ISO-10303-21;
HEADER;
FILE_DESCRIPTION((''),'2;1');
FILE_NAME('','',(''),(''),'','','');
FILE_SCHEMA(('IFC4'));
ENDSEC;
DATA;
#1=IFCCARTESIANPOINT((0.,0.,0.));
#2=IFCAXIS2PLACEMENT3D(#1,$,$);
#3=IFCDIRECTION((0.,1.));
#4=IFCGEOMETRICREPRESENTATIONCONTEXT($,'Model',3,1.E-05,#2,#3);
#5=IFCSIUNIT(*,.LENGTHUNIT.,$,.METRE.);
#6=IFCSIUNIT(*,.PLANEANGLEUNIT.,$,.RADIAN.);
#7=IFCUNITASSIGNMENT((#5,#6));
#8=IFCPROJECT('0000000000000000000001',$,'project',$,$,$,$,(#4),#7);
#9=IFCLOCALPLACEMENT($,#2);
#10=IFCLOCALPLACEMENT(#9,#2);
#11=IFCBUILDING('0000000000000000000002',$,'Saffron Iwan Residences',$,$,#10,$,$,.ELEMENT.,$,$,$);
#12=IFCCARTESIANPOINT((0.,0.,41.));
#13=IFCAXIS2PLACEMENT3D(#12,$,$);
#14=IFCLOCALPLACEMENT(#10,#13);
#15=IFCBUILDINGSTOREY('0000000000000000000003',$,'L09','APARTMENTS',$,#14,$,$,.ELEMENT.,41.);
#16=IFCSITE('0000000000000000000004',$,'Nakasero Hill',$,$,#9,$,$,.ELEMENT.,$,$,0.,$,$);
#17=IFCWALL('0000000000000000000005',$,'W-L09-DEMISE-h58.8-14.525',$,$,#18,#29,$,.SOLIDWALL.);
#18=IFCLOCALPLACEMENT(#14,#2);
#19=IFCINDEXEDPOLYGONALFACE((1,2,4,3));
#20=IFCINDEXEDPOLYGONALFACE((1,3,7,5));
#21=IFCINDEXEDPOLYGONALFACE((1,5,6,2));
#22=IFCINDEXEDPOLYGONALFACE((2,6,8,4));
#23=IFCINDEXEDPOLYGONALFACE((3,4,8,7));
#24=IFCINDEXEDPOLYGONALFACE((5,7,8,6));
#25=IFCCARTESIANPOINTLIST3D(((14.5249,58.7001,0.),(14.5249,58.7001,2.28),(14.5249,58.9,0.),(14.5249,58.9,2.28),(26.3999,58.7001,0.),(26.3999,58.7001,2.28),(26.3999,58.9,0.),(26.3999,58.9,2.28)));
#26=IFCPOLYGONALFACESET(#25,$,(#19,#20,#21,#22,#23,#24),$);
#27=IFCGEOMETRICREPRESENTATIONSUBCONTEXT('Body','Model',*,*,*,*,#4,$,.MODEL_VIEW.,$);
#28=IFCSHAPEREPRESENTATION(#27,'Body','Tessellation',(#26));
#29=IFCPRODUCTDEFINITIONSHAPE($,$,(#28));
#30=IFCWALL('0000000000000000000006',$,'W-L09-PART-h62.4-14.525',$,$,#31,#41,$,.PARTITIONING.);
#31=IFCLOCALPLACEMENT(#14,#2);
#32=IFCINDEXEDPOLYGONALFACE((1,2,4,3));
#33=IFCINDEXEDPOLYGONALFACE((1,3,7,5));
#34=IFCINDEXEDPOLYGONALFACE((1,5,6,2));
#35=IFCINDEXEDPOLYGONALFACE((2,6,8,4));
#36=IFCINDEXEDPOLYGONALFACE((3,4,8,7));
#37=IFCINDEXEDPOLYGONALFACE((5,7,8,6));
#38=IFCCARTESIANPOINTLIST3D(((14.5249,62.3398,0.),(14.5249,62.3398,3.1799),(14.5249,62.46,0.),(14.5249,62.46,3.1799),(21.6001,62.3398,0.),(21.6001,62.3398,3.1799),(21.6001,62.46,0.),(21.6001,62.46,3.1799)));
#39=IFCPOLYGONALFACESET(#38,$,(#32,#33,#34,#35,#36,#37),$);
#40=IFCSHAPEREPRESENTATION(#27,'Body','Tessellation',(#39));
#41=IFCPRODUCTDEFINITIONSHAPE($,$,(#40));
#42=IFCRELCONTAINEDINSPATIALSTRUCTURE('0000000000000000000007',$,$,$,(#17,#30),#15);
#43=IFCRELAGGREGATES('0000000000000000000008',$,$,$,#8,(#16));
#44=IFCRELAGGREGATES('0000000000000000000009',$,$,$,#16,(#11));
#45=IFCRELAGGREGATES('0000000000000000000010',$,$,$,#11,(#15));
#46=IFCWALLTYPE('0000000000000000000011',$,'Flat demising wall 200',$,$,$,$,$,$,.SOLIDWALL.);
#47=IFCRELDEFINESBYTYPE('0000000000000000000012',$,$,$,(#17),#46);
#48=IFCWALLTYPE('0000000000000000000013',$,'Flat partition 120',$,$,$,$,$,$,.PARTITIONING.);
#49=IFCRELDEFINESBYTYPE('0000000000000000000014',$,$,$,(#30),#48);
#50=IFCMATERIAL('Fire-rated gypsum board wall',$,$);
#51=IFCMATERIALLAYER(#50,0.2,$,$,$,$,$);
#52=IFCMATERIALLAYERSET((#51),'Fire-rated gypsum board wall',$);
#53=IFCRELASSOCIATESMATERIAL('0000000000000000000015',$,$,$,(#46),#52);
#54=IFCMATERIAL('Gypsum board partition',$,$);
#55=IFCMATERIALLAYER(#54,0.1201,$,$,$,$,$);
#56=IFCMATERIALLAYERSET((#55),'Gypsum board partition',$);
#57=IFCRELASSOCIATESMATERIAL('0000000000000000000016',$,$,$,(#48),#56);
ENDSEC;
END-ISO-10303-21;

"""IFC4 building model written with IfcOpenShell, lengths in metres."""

from ifc_helpers import new_model, si_unit, direction, frame, frame_2d, origin, place, context, subcontext, project, spatial, rectangle, extrude, material, layer, layer_set, type_object, element, save


model = new_model("IFC4")

# Units and contexts
model_context = context("Model", 3, precision=1e-05, world=origin(), true_north=direction((0.0, 1.0)))
body_context = subcontext(model_context, "Body", "Model", "MODEL_VIEW")
ifc_project = project(units=[si_unit("LENGTHUNIT", "METRE"), si_unit("PLANEANGLEUNIT", "RADIAN")], contexts=[model_context])

# Site, building, storey
site_placement = place(None, origin())
site = spatial("IfcSite", under=ifc_project, at=site_placement, Name="Nakasero Hill", CompositionType="ELEMENT", RefElevation=0.0)
building_placement = place(site_placement, origin())
building = spatial("IfcBuilding", under=site, at=building_placement, Name="Saffron Iwan Residences", CompositionType="ELEMENT")
storey_placement = place(building_placement, frame((0.0, 0.0, 41.0)))
storey = spatial("IfcBuildingStorey", under=building, at=storey_placement, Name="L09", Description="APARTMENTS", CompositionType="ELEMENT", Elevation=41.0)

# Walls
ifc_material_1 = material(Name="Fire-rated gypsum board wall")
ifc_layer_1 = layer(ifc_material_1, 0.2)
ifc_layer_set_1 = layer_set([ifc_layer_1], Name="Fire-rated gypsum board wall")
wall_type_1 = type_object("IfcWallType", Name="Flat demising wall 200", PredefinedType="SOLIDWALL", material=ifc_layer_set_1)
wall_1_placement = place(storey_placement, frame((14.5249, 58.8, 0.0), z_axis=(0.0, 0.0, 1.0), x_axis=(1.0, 0.0, 0.0)))
element("IfcWall", 1, at=wall_1_placement, inside=storey, type_object=wall_type_1, Name="W-L09-DEMISE-h58.8-14.525", PredefinedType="SOLIDWALL", context=body_context, shape_type="SweptSolid", body=[
    extrude(rectangle(XDim=11.875, YDim=0.2, at=frame_2d((5.9375, 0.0))), origin(), (0.0, 0.0, 1.0), 2.28),
])
ifc_material_2 = material(Name="Gypsum board partition")
ifc_layer_2 = layer(ifc_material_2, 0.1201)
ifc_layer_set_2 = layer_set([ifc_layer_2], Name="Gypsum board partition")
wall_type_2 = type_object("IfcWallType", Name="Flat partition 120", PredefinedType="PARTITIONING", material=ifc_layer_set_2)
wall_2_placement = place(storey_placement, frame((14.5249, 62.3999, 0.0), z_axis=(0.0, 0.0, 1.0), x_axis=(1.0, 0.0, 0.0)))
element("IfcWall", 2, at=wall_2_placement, inside=storey, type_object=wall_type_2, Name="W-L09-PART-h62.4-14.525", PredefinedType="PARTITIONING", context=body_context, shape_type="SweptSolid", body=[
    extrude(rectangle(XDim=7.0752, YDim=0.1201, at=frame_2d((3.5376, 0.0))), origin(), (0.0, 0.0, 1.0), 3.1799),
])

save(model, "model.ifc")
